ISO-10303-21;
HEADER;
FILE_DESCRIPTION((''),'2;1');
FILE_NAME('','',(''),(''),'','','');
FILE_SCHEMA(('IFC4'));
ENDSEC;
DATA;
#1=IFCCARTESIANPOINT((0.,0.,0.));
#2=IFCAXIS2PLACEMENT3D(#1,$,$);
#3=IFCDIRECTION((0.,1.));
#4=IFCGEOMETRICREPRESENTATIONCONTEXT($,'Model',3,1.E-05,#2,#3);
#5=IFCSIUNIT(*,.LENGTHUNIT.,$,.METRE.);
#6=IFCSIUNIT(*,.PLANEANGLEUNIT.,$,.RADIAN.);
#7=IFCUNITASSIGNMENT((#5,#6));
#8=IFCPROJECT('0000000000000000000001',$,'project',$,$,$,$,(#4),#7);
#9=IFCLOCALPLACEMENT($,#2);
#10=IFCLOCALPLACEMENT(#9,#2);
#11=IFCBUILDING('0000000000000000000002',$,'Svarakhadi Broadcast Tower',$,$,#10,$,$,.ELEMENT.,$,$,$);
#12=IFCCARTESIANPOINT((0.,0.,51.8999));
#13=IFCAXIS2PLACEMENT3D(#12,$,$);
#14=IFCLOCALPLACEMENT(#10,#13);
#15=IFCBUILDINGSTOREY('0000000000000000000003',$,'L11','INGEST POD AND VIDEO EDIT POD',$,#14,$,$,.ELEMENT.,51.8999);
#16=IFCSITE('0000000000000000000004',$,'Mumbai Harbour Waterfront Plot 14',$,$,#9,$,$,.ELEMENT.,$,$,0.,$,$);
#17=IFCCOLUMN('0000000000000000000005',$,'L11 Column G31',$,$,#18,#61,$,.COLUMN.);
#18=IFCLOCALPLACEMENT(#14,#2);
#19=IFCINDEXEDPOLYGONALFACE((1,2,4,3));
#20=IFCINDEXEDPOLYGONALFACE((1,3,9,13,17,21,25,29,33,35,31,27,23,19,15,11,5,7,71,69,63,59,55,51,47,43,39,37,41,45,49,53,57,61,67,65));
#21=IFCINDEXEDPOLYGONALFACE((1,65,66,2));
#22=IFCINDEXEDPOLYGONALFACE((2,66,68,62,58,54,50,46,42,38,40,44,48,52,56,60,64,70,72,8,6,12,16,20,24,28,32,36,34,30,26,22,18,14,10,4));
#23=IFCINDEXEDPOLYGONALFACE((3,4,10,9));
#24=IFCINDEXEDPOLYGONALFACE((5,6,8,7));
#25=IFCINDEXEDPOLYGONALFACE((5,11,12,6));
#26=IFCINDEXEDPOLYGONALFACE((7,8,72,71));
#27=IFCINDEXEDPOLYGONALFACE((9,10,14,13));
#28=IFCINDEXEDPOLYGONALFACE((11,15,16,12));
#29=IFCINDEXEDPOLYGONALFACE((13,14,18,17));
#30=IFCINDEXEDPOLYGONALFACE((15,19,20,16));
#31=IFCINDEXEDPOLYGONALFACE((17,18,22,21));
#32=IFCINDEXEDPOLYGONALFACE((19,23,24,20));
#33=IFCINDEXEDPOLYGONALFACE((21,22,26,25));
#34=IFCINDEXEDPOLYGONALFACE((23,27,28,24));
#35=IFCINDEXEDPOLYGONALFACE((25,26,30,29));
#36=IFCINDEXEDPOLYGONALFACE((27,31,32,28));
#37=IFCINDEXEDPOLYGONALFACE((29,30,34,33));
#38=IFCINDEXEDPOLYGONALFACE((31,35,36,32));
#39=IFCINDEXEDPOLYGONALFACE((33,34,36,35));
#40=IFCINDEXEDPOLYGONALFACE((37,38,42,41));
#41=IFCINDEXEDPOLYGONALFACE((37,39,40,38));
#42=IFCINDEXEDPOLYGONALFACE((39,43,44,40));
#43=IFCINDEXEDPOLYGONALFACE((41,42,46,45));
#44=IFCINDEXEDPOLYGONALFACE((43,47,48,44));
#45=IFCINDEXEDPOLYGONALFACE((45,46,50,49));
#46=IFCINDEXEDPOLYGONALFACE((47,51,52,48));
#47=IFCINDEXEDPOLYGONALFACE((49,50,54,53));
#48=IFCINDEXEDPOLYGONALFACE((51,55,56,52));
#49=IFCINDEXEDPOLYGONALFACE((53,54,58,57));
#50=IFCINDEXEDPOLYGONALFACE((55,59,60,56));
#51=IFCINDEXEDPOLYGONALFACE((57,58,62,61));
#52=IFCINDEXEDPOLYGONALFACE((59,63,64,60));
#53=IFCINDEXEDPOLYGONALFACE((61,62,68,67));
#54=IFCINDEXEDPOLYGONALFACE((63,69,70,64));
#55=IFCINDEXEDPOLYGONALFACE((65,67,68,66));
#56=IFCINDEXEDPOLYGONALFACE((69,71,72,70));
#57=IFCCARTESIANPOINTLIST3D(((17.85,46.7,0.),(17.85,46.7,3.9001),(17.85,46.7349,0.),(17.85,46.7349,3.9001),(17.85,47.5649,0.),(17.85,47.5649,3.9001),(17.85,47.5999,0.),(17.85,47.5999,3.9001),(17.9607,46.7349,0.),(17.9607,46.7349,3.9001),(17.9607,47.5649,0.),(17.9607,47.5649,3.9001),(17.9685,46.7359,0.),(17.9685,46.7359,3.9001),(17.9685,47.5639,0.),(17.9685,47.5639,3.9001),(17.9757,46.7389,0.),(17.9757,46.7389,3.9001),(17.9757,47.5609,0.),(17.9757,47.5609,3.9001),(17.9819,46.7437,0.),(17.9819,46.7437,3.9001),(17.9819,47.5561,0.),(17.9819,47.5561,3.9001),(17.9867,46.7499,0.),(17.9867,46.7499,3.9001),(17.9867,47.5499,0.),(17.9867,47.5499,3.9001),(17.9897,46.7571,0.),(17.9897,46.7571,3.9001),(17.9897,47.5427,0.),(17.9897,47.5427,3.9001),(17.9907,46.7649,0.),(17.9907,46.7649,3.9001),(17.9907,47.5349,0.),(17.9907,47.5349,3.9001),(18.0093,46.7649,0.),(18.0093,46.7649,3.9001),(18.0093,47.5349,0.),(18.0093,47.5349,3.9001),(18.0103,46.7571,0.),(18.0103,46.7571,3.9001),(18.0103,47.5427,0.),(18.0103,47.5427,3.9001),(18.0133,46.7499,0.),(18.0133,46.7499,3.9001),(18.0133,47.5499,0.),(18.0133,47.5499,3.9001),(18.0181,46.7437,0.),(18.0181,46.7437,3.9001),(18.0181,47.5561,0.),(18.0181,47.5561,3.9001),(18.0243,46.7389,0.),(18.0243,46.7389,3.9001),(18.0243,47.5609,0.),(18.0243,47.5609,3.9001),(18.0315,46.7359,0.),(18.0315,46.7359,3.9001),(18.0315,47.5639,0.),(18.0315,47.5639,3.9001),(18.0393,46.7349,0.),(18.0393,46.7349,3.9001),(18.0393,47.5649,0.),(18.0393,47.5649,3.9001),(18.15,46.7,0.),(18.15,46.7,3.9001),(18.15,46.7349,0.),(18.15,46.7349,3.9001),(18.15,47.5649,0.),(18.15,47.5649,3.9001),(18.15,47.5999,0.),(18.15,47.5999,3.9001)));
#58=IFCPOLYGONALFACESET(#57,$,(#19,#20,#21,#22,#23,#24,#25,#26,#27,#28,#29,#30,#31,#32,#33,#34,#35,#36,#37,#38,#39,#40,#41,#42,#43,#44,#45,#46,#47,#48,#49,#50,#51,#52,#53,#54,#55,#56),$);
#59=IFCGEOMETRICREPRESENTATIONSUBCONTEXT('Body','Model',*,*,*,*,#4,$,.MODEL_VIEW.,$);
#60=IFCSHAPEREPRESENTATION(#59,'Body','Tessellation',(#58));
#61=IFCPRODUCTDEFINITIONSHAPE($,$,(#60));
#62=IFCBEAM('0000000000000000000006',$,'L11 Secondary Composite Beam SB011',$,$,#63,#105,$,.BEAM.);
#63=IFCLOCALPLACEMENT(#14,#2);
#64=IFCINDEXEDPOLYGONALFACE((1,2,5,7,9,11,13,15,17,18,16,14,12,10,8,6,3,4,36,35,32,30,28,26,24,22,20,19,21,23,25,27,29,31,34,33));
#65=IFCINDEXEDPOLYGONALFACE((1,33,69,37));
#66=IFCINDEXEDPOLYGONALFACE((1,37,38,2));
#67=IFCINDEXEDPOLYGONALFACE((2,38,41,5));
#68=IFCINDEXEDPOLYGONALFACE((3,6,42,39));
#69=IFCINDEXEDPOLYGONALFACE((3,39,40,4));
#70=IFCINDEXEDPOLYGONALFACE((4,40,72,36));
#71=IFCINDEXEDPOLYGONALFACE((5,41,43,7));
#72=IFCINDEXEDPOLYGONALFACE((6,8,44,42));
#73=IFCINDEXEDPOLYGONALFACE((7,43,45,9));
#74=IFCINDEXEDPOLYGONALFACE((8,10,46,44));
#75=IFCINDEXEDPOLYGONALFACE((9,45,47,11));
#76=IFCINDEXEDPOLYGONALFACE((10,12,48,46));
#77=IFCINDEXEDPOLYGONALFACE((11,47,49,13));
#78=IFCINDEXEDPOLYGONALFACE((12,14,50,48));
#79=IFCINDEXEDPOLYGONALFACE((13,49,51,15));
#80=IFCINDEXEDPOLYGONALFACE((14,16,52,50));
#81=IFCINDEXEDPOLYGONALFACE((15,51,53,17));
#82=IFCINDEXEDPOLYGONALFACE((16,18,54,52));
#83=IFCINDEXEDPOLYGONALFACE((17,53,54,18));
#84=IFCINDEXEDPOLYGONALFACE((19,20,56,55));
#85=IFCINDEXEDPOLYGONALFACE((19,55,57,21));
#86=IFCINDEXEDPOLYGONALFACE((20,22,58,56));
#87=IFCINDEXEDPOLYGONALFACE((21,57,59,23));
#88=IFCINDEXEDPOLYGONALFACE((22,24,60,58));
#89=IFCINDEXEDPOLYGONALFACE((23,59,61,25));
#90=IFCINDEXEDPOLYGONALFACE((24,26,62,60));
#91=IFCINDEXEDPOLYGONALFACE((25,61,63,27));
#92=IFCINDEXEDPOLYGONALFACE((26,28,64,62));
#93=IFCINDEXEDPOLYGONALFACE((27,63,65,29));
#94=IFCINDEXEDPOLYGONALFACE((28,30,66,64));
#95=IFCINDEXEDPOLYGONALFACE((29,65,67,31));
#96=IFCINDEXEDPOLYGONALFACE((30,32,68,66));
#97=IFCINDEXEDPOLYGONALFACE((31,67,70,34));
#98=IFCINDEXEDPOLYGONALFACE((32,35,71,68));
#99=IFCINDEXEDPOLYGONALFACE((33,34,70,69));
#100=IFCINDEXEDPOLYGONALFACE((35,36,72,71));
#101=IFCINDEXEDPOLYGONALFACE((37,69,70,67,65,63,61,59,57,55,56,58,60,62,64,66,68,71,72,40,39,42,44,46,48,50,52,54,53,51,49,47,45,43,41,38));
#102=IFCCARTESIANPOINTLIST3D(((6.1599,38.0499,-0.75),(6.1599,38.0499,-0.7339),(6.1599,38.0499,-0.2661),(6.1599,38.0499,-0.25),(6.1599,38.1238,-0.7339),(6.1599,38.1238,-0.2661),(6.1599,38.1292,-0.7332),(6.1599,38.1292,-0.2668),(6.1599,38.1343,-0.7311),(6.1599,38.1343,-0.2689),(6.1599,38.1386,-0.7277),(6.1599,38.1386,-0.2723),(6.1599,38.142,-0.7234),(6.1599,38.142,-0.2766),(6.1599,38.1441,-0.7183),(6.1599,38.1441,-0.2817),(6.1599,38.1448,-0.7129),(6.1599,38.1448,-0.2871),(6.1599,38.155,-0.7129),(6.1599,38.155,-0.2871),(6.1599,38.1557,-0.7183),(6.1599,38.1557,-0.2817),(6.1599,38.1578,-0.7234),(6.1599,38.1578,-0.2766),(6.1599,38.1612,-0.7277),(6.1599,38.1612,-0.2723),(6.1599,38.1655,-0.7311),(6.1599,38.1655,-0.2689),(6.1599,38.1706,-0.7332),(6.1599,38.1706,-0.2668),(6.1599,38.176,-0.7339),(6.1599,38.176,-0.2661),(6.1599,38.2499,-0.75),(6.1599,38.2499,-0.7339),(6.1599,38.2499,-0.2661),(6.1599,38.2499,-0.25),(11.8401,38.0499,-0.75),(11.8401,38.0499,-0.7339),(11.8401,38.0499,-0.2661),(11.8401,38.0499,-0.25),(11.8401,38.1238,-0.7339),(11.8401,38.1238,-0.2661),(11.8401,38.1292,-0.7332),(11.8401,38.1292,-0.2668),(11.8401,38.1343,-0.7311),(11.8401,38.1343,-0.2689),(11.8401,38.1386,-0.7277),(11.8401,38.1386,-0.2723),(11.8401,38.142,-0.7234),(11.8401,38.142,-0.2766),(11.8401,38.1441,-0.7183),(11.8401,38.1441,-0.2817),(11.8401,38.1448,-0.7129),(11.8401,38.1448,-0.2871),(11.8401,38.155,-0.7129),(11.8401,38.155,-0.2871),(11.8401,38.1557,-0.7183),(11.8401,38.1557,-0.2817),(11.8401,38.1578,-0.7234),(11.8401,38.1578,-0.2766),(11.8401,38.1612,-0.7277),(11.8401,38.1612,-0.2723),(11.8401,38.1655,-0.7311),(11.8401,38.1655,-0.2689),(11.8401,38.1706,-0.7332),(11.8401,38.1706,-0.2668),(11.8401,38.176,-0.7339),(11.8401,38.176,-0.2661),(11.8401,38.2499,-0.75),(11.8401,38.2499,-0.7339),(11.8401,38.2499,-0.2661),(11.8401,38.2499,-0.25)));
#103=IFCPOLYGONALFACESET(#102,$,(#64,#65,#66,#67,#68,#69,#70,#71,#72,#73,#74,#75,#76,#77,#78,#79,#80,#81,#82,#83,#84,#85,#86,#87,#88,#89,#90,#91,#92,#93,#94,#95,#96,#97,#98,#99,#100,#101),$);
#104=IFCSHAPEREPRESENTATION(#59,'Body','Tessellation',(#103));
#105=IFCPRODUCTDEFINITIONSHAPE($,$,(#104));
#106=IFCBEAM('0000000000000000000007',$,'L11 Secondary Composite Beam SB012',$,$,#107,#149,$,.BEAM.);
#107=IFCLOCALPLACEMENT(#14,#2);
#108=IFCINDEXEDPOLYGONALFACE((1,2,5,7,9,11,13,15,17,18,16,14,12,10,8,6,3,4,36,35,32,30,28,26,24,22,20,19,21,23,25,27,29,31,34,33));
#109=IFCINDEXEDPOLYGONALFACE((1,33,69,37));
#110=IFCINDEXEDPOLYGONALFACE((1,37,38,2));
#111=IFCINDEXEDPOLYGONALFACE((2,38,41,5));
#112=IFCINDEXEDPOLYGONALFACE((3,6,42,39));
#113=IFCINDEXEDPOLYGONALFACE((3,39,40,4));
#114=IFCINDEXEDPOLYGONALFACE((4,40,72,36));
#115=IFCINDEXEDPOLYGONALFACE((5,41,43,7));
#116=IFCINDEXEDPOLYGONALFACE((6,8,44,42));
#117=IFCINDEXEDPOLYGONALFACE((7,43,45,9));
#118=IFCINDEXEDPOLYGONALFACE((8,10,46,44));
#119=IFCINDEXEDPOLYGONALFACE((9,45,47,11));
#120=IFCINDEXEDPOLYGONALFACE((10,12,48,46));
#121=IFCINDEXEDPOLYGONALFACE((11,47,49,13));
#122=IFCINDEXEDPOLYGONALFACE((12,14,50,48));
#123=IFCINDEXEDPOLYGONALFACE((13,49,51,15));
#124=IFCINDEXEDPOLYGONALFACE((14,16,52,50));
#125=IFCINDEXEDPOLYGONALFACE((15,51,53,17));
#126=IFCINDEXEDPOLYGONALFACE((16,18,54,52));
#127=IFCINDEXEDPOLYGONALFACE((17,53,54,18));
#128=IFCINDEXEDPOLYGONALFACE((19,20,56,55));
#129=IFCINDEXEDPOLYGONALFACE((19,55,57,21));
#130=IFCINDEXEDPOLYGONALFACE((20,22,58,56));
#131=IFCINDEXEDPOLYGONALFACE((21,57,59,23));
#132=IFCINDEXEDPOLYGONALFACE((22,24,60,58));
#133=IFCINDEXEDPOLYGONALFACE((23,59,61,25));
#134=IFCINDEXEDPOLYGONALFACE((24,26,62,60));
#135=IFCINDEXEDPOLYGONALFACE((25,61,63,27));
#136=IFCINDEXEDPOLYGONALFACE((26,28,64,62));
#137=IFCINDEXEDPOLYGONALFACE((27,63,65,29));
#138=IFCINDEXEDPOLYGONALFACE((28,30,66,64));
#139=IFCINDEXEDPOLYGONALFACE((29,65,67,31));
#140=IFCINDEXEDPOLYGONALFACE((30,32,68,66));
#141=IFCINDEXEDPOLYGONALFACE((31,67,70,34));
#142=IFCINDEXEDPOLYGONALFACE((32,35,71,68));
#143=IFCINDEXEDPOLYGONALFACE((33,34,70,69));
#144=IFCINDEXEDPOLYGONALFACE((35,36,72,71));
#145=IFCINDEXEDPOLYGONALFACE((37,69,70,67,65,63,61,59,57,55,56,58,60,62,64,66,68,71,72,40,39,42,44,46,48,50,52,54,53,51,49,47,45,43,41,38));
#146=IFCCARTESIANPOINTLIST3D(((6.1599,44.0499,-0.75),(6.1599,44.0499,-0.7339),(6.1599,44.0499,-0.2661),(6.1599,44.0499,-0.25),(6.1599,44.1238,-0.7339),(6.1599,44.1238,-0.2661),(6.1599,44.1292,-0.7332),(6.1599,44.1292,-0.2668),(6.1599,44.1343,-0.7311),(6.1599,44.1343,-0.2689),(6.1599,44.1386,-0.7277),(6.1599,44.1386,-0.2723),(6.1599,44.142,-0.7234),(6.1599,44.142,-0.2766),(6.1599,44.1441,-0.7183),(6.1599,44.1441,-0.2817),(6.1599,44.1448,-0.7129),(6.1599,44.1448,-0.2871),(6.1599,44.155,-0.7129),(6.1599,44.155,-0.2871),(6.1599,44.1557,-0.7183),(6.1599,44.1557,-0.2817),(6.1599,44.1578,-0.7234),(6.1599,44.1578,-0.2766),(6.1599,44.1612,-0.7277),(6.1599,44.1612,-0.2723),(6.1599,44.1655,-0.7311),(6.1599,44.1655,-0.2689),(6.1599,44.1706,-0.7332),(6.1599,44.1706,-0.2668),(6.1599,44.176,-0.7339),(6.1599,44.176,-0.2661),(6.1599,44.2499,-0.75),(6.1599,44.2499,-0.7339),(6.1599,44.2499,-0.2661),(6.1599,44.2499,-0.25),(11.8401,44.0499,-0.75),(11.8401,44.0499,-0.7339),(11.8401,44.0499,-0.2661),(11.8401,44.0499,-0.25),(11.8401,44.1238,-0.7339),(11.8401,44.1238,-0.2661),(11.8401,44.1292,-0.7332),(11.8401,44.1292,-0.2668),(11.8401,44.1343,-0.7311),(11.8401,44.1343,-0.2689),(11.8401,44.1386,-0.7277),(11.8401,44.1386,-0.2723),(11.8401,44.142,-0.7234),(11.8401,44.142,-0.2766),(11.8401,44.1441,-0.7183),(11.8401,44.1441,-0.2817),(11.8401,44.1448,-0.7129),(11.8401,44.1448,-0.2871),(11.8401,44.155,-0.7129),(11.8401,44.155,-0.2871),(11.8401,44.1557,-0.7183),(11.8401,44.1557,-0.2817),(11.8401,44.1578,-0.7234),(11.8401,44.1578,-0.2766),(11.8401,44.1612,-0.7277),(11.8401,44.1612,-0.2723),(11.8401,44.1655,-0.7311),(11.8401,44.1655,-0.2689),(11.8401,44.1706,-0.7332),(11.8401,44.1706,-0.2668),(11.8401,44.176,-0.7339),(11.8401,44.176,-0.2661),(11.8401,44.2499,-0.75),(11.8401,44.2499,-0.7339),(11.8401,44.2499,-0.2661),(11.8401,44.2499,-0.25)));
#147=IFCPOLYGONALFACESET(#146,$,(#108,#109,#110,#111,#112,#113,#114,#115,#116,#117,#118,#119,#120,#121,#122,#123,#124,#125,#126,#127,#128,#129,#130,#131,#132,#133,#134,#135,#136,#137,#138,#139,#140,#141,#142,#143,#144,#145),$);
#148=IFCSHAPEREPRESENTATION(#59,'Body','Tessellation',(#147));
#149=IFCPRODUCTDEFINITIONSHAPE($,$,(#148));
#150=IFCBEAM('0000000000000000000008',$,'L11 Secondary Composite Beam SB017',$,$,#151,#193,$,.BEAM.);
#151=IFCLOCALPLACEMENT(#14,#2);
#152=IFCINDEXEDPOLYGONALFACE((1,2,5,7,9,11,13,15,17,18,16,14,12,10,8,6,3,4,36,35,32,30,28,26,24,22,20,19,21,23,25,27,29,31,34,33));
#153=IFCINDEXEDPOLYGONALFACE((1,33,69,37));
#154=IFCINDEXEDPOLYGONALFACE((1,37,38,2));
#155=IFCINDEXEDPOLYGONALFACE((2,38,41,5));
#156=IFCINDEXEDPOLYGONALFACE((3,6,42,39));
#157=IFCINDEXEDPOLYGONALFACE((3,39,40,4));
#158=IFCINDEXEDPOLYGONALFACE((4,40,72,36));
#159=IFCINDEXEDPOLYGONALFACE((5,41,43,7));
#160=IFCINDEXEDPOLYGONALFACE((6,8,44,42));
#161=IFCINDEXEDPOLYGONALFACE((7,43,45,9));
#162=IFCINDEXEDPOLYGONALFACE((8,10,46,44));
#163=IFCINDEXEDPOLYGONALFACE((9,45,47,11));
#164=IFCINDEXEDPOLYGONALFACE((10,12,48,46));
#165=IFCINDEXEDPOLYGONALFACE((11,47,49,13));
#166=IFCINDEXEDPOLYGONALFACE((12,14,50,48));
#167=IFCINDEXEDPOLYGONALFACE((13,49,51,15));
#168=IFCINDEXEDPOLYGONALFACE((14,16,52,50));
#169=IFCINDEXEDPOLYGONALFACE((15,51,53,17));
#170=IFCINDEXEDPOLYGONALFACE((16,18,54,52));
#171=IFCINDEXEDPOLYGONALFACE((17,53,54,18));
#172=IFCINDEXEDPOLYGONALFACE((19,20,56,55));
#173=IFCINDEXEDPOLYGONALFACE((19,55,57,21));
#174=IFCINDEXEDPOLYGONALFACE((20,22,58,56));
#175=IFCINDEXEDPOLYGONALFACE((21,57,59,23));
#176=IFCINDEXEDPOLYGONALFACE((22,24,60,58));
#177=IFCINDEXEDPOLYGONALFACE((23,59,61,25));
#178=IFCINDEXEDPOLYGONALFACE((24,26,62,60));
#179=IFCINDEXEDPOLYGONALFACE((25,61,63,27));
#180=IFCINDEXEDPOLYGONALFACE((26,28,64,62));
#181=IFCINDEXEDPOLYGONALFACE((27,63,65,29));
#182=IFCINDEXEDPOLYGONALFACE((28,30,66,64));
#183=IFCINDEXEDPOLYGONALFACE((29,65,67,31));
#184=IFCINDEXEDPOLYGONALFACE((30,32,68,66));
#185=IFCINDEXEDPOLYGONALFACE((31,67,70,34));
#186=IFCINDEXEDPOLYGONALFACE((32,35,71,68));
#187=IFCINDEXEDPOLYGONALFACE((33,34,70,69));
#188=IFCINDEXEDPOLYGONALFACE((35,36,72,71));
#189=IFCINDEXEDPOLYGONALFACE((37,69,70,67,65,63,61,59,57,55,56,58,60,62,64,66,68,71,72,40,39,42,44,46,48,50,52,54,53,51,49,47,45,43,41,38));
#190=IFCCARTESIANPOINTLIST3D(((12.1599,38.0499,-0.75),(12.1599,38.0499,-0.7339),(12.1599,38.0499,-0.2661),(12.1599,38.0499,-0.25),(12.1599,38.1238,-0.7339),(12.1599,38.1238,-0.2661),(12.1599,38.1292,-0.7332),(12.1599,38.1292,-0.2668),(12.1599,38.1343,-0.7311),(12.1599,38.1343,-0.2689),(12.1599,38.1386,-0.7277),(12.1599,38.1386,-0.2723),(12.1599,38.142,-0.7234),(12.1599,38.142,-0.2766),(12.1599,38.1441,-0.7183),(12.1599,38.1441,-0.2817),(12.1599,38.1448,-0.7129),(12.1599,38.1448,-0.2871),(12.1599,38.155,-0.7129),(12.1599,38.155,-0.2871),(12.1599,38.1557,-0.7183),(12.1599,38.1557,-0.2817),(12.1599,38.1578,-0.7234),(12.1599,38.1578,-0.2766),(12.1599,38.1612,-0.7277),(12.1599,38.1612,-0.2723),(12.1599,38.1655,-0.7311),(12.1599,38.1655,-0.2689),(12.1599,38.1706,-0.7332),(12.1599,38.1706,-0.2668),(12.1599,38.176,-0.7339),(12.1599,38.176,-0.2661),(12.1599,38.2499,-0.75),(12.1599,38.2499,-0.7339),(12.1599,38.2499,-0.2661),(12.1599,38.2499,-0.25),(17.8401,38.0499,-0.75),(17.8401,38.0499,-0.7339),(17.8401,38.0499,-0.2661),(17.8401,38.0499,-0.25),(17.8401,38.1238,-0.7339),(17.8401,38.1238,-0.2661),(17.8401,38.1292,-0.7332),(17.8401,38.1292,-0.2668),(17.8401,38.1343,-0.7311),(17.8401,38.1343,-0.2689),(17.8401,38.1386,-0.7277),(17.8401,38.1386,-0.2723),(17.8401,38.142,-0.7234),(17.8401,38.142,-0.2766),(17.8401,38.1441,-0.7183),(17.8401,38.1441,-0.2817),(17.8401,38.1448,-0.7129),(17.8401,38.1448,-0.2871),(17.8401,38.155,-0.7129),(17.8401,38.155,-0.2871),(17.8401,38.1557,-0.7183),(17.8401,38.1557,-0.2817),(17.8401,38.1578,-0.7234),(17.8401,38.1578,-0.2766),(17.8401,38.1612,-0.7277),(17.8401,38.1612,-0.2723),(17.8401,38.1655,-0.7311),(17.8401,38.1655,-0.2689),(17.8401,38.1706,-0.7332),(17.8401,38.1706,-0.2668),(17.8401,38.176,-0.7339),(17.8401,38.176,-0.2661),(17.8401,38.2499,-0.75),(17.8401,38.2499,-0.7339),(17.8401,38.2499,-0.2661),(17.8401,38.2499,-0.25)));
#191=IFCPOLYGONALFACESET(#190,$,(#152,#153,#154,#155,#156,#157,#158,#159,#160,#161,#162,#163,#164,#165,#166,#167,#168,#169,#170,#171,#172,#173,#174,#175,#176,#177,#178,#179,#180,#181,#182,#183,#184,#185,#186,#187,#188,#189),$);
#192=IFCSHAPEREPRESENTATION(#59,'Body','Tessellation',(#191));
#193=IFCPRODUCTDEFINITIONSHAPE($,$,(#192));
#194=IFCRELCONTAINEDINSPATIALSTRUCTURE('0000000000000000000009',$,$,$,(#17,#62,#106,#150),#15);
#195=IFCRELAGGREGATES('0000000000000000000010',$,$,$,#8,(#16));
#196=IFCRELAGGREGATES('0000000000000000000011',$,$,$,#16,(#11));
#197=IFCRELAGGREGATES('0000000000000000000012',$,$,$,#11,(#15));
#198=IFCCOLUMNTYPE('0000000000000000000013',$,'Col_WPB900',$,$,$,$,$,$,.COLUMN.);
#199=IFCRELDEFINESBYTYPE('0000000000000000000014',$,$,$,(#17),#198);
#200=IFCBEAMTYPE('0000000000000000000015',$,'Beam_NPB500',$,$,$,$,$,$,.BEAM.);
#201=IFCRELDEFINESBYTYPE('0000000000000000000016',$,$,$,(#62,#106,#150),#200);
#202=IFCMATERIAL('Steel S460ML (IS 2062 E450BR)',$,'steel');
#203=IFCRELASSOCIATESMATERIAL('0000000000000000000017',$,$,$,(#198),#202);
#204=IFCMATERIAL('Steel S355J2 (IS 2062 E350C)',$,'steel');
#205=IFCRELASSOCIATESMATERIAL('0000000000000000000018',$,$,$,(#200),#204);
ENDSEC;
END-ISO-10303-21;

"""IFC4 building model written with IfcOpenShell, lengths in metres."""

from ifc_helpers import new_model, si_unit, direction, frame, origin, origin_2d, place, context, subcontext, project, spatial, i_section, extrude, material, material_profile, profile_set, type_object, element, save


model = new_model("IFC4")

# Units and contexts
model_context = context("Model", 3, precision=1e-05, world=origin(), true_north=direction((0.0, 1.0)))
body_context = subcontext(model_context, "Body", "Model", "MODEL_VIEW")
ifc_project = project(units=[si_unit("LENGTHUNIT", "METRE"), si_unit("PLANEANGLEUNIT", "RADIAN")], contexts=[model_context])

# Site, building, storey
site_placement = place(None, origin())
site = spatial("IfcSite", under=ifc_project, at=site_placement, Name="Mumbai Harbour Waterfront Plot 14", CompositionType="ELEMENT", RefElevation=0.0)
building_placement = place(site_placement, origin())
building = spatial("IfcBuilding", under=site, at=building_placement, Name="Svarakhadi Broadcast Tower", CompositionType="ELEMENT")
storey_placement = place(building_placement, frame((0.0, 0.0, 51.8999)))
storey = spatial("IfcBuildingStorey", under=building, at=storey_placement, Name="L11", Description="INGEST POD AND VIDEO EDIT POD", CompositionType="ELEMENT", Elevation=51.8999)

# Column
ifc_material_1 = material(Name="Steel S460ML (IS 2062 E450BR)", Category="steel")
ifc_material_profile_1 = material_profile(ifc_material_1, i_section(OverallWidth=0.3, OverallDepth=0.8999, WebThickness=0.0186, FlangeThickness=0.0349, FilletRadius=0.03, at=origin_2d()), Name="WPB 900x300x291")
ifc_profile_set_1 = profile_set([ifc_material_profile_1], Name="Steel S460ML (IS 2062 E450BR)")
column_type_1 = type_object("IfcColumnType", Name="Col_WPB900", PredefinedType="COLUMN", material=ifc_profile_set_1)
column_placement = place(storey_placement, frame((18.0, 47.1499, 0.0), z_axis=(0.0, 0.0, 1.0), x_axis=(1.0, 0.0, 0.0)))
element("IfcColumn", 1, at=column_placement, inside=storey, type_object=column_type_1, Name="L11 Column G31", PredefinedType="COLUMN", context=body_context, shape_type="SweptSolid", body=[
    extrude(i_section(OverallWidth=0.3, OverallDepth=0.8999, WebThickness=0.0186, FlangeThickness=0.0349, FilletRadius=0.03, at=origin_2d()), origin(), (0.0, 0.0, 1.0), 3.9001),
])

# Beams
ifc_material_2 = material(Name="Steel S355J2 (IS 2062 E350C)", Category="steel")
ifc_material_profile_2 = material_profile(ifc_material_2, i_section(OverallWidth=0.2, OverallDepth=0.5, WebThickness=0.0103, FlangeThickness=0.0161, FilletRadius=0.021, at=origin_2d()), Name="NPB 500x200x91")
ifc_profile_set_2 = profile_set([ifc_material_profile_2], Name="Steel S355J2 (IS 2062 E350C)")
beam_type_1 = type_object("IfcBeamType", Name="Beam_NPB500", PredefinedType="BEAM", material=ifc_profile_set_2)
for number, where, z_axis, x_axis, name in (
    (2, (6.1599, 38.1499, -0.5), (1.0, 0.0, 0.0), (0.0, 1.0, 0.0), "L11 Secondary Composite Beam SB011"),
    (3, (6.1599, 44.1499, -0.5), (1.0, 0.0, 0.0), (0.0, 1.0, 0.0), "L11 Secondary Composite Beam SB012"),
    (4, (12.1599, 38.1499, -0.5), (1.0, 0.0, 0.0), (0.0, 1.0, 0.0), "L11 Secondary Composite Beam SB017"),
):
    element("IfcBeam", number, at=place(storey_placement, frame(where, z_axis=z_axis, x_axis=x_axis)), inside=storey, type_object=beam_type_1, Name=name, PredefinedType="BEAM", context=body_context, shape_type="SweptSolid", body=[
        extrude(i_section(OverallWidth=0.2, OverallDepth=0.5, WebThickness=0.0103, FlangeThickness=0.0161, FilletRadius=0.021, at=origin_2d()), origin(), (0.0, 0.0, 1.0), 5.6802),
    ])

save(model, "model.ifc")
